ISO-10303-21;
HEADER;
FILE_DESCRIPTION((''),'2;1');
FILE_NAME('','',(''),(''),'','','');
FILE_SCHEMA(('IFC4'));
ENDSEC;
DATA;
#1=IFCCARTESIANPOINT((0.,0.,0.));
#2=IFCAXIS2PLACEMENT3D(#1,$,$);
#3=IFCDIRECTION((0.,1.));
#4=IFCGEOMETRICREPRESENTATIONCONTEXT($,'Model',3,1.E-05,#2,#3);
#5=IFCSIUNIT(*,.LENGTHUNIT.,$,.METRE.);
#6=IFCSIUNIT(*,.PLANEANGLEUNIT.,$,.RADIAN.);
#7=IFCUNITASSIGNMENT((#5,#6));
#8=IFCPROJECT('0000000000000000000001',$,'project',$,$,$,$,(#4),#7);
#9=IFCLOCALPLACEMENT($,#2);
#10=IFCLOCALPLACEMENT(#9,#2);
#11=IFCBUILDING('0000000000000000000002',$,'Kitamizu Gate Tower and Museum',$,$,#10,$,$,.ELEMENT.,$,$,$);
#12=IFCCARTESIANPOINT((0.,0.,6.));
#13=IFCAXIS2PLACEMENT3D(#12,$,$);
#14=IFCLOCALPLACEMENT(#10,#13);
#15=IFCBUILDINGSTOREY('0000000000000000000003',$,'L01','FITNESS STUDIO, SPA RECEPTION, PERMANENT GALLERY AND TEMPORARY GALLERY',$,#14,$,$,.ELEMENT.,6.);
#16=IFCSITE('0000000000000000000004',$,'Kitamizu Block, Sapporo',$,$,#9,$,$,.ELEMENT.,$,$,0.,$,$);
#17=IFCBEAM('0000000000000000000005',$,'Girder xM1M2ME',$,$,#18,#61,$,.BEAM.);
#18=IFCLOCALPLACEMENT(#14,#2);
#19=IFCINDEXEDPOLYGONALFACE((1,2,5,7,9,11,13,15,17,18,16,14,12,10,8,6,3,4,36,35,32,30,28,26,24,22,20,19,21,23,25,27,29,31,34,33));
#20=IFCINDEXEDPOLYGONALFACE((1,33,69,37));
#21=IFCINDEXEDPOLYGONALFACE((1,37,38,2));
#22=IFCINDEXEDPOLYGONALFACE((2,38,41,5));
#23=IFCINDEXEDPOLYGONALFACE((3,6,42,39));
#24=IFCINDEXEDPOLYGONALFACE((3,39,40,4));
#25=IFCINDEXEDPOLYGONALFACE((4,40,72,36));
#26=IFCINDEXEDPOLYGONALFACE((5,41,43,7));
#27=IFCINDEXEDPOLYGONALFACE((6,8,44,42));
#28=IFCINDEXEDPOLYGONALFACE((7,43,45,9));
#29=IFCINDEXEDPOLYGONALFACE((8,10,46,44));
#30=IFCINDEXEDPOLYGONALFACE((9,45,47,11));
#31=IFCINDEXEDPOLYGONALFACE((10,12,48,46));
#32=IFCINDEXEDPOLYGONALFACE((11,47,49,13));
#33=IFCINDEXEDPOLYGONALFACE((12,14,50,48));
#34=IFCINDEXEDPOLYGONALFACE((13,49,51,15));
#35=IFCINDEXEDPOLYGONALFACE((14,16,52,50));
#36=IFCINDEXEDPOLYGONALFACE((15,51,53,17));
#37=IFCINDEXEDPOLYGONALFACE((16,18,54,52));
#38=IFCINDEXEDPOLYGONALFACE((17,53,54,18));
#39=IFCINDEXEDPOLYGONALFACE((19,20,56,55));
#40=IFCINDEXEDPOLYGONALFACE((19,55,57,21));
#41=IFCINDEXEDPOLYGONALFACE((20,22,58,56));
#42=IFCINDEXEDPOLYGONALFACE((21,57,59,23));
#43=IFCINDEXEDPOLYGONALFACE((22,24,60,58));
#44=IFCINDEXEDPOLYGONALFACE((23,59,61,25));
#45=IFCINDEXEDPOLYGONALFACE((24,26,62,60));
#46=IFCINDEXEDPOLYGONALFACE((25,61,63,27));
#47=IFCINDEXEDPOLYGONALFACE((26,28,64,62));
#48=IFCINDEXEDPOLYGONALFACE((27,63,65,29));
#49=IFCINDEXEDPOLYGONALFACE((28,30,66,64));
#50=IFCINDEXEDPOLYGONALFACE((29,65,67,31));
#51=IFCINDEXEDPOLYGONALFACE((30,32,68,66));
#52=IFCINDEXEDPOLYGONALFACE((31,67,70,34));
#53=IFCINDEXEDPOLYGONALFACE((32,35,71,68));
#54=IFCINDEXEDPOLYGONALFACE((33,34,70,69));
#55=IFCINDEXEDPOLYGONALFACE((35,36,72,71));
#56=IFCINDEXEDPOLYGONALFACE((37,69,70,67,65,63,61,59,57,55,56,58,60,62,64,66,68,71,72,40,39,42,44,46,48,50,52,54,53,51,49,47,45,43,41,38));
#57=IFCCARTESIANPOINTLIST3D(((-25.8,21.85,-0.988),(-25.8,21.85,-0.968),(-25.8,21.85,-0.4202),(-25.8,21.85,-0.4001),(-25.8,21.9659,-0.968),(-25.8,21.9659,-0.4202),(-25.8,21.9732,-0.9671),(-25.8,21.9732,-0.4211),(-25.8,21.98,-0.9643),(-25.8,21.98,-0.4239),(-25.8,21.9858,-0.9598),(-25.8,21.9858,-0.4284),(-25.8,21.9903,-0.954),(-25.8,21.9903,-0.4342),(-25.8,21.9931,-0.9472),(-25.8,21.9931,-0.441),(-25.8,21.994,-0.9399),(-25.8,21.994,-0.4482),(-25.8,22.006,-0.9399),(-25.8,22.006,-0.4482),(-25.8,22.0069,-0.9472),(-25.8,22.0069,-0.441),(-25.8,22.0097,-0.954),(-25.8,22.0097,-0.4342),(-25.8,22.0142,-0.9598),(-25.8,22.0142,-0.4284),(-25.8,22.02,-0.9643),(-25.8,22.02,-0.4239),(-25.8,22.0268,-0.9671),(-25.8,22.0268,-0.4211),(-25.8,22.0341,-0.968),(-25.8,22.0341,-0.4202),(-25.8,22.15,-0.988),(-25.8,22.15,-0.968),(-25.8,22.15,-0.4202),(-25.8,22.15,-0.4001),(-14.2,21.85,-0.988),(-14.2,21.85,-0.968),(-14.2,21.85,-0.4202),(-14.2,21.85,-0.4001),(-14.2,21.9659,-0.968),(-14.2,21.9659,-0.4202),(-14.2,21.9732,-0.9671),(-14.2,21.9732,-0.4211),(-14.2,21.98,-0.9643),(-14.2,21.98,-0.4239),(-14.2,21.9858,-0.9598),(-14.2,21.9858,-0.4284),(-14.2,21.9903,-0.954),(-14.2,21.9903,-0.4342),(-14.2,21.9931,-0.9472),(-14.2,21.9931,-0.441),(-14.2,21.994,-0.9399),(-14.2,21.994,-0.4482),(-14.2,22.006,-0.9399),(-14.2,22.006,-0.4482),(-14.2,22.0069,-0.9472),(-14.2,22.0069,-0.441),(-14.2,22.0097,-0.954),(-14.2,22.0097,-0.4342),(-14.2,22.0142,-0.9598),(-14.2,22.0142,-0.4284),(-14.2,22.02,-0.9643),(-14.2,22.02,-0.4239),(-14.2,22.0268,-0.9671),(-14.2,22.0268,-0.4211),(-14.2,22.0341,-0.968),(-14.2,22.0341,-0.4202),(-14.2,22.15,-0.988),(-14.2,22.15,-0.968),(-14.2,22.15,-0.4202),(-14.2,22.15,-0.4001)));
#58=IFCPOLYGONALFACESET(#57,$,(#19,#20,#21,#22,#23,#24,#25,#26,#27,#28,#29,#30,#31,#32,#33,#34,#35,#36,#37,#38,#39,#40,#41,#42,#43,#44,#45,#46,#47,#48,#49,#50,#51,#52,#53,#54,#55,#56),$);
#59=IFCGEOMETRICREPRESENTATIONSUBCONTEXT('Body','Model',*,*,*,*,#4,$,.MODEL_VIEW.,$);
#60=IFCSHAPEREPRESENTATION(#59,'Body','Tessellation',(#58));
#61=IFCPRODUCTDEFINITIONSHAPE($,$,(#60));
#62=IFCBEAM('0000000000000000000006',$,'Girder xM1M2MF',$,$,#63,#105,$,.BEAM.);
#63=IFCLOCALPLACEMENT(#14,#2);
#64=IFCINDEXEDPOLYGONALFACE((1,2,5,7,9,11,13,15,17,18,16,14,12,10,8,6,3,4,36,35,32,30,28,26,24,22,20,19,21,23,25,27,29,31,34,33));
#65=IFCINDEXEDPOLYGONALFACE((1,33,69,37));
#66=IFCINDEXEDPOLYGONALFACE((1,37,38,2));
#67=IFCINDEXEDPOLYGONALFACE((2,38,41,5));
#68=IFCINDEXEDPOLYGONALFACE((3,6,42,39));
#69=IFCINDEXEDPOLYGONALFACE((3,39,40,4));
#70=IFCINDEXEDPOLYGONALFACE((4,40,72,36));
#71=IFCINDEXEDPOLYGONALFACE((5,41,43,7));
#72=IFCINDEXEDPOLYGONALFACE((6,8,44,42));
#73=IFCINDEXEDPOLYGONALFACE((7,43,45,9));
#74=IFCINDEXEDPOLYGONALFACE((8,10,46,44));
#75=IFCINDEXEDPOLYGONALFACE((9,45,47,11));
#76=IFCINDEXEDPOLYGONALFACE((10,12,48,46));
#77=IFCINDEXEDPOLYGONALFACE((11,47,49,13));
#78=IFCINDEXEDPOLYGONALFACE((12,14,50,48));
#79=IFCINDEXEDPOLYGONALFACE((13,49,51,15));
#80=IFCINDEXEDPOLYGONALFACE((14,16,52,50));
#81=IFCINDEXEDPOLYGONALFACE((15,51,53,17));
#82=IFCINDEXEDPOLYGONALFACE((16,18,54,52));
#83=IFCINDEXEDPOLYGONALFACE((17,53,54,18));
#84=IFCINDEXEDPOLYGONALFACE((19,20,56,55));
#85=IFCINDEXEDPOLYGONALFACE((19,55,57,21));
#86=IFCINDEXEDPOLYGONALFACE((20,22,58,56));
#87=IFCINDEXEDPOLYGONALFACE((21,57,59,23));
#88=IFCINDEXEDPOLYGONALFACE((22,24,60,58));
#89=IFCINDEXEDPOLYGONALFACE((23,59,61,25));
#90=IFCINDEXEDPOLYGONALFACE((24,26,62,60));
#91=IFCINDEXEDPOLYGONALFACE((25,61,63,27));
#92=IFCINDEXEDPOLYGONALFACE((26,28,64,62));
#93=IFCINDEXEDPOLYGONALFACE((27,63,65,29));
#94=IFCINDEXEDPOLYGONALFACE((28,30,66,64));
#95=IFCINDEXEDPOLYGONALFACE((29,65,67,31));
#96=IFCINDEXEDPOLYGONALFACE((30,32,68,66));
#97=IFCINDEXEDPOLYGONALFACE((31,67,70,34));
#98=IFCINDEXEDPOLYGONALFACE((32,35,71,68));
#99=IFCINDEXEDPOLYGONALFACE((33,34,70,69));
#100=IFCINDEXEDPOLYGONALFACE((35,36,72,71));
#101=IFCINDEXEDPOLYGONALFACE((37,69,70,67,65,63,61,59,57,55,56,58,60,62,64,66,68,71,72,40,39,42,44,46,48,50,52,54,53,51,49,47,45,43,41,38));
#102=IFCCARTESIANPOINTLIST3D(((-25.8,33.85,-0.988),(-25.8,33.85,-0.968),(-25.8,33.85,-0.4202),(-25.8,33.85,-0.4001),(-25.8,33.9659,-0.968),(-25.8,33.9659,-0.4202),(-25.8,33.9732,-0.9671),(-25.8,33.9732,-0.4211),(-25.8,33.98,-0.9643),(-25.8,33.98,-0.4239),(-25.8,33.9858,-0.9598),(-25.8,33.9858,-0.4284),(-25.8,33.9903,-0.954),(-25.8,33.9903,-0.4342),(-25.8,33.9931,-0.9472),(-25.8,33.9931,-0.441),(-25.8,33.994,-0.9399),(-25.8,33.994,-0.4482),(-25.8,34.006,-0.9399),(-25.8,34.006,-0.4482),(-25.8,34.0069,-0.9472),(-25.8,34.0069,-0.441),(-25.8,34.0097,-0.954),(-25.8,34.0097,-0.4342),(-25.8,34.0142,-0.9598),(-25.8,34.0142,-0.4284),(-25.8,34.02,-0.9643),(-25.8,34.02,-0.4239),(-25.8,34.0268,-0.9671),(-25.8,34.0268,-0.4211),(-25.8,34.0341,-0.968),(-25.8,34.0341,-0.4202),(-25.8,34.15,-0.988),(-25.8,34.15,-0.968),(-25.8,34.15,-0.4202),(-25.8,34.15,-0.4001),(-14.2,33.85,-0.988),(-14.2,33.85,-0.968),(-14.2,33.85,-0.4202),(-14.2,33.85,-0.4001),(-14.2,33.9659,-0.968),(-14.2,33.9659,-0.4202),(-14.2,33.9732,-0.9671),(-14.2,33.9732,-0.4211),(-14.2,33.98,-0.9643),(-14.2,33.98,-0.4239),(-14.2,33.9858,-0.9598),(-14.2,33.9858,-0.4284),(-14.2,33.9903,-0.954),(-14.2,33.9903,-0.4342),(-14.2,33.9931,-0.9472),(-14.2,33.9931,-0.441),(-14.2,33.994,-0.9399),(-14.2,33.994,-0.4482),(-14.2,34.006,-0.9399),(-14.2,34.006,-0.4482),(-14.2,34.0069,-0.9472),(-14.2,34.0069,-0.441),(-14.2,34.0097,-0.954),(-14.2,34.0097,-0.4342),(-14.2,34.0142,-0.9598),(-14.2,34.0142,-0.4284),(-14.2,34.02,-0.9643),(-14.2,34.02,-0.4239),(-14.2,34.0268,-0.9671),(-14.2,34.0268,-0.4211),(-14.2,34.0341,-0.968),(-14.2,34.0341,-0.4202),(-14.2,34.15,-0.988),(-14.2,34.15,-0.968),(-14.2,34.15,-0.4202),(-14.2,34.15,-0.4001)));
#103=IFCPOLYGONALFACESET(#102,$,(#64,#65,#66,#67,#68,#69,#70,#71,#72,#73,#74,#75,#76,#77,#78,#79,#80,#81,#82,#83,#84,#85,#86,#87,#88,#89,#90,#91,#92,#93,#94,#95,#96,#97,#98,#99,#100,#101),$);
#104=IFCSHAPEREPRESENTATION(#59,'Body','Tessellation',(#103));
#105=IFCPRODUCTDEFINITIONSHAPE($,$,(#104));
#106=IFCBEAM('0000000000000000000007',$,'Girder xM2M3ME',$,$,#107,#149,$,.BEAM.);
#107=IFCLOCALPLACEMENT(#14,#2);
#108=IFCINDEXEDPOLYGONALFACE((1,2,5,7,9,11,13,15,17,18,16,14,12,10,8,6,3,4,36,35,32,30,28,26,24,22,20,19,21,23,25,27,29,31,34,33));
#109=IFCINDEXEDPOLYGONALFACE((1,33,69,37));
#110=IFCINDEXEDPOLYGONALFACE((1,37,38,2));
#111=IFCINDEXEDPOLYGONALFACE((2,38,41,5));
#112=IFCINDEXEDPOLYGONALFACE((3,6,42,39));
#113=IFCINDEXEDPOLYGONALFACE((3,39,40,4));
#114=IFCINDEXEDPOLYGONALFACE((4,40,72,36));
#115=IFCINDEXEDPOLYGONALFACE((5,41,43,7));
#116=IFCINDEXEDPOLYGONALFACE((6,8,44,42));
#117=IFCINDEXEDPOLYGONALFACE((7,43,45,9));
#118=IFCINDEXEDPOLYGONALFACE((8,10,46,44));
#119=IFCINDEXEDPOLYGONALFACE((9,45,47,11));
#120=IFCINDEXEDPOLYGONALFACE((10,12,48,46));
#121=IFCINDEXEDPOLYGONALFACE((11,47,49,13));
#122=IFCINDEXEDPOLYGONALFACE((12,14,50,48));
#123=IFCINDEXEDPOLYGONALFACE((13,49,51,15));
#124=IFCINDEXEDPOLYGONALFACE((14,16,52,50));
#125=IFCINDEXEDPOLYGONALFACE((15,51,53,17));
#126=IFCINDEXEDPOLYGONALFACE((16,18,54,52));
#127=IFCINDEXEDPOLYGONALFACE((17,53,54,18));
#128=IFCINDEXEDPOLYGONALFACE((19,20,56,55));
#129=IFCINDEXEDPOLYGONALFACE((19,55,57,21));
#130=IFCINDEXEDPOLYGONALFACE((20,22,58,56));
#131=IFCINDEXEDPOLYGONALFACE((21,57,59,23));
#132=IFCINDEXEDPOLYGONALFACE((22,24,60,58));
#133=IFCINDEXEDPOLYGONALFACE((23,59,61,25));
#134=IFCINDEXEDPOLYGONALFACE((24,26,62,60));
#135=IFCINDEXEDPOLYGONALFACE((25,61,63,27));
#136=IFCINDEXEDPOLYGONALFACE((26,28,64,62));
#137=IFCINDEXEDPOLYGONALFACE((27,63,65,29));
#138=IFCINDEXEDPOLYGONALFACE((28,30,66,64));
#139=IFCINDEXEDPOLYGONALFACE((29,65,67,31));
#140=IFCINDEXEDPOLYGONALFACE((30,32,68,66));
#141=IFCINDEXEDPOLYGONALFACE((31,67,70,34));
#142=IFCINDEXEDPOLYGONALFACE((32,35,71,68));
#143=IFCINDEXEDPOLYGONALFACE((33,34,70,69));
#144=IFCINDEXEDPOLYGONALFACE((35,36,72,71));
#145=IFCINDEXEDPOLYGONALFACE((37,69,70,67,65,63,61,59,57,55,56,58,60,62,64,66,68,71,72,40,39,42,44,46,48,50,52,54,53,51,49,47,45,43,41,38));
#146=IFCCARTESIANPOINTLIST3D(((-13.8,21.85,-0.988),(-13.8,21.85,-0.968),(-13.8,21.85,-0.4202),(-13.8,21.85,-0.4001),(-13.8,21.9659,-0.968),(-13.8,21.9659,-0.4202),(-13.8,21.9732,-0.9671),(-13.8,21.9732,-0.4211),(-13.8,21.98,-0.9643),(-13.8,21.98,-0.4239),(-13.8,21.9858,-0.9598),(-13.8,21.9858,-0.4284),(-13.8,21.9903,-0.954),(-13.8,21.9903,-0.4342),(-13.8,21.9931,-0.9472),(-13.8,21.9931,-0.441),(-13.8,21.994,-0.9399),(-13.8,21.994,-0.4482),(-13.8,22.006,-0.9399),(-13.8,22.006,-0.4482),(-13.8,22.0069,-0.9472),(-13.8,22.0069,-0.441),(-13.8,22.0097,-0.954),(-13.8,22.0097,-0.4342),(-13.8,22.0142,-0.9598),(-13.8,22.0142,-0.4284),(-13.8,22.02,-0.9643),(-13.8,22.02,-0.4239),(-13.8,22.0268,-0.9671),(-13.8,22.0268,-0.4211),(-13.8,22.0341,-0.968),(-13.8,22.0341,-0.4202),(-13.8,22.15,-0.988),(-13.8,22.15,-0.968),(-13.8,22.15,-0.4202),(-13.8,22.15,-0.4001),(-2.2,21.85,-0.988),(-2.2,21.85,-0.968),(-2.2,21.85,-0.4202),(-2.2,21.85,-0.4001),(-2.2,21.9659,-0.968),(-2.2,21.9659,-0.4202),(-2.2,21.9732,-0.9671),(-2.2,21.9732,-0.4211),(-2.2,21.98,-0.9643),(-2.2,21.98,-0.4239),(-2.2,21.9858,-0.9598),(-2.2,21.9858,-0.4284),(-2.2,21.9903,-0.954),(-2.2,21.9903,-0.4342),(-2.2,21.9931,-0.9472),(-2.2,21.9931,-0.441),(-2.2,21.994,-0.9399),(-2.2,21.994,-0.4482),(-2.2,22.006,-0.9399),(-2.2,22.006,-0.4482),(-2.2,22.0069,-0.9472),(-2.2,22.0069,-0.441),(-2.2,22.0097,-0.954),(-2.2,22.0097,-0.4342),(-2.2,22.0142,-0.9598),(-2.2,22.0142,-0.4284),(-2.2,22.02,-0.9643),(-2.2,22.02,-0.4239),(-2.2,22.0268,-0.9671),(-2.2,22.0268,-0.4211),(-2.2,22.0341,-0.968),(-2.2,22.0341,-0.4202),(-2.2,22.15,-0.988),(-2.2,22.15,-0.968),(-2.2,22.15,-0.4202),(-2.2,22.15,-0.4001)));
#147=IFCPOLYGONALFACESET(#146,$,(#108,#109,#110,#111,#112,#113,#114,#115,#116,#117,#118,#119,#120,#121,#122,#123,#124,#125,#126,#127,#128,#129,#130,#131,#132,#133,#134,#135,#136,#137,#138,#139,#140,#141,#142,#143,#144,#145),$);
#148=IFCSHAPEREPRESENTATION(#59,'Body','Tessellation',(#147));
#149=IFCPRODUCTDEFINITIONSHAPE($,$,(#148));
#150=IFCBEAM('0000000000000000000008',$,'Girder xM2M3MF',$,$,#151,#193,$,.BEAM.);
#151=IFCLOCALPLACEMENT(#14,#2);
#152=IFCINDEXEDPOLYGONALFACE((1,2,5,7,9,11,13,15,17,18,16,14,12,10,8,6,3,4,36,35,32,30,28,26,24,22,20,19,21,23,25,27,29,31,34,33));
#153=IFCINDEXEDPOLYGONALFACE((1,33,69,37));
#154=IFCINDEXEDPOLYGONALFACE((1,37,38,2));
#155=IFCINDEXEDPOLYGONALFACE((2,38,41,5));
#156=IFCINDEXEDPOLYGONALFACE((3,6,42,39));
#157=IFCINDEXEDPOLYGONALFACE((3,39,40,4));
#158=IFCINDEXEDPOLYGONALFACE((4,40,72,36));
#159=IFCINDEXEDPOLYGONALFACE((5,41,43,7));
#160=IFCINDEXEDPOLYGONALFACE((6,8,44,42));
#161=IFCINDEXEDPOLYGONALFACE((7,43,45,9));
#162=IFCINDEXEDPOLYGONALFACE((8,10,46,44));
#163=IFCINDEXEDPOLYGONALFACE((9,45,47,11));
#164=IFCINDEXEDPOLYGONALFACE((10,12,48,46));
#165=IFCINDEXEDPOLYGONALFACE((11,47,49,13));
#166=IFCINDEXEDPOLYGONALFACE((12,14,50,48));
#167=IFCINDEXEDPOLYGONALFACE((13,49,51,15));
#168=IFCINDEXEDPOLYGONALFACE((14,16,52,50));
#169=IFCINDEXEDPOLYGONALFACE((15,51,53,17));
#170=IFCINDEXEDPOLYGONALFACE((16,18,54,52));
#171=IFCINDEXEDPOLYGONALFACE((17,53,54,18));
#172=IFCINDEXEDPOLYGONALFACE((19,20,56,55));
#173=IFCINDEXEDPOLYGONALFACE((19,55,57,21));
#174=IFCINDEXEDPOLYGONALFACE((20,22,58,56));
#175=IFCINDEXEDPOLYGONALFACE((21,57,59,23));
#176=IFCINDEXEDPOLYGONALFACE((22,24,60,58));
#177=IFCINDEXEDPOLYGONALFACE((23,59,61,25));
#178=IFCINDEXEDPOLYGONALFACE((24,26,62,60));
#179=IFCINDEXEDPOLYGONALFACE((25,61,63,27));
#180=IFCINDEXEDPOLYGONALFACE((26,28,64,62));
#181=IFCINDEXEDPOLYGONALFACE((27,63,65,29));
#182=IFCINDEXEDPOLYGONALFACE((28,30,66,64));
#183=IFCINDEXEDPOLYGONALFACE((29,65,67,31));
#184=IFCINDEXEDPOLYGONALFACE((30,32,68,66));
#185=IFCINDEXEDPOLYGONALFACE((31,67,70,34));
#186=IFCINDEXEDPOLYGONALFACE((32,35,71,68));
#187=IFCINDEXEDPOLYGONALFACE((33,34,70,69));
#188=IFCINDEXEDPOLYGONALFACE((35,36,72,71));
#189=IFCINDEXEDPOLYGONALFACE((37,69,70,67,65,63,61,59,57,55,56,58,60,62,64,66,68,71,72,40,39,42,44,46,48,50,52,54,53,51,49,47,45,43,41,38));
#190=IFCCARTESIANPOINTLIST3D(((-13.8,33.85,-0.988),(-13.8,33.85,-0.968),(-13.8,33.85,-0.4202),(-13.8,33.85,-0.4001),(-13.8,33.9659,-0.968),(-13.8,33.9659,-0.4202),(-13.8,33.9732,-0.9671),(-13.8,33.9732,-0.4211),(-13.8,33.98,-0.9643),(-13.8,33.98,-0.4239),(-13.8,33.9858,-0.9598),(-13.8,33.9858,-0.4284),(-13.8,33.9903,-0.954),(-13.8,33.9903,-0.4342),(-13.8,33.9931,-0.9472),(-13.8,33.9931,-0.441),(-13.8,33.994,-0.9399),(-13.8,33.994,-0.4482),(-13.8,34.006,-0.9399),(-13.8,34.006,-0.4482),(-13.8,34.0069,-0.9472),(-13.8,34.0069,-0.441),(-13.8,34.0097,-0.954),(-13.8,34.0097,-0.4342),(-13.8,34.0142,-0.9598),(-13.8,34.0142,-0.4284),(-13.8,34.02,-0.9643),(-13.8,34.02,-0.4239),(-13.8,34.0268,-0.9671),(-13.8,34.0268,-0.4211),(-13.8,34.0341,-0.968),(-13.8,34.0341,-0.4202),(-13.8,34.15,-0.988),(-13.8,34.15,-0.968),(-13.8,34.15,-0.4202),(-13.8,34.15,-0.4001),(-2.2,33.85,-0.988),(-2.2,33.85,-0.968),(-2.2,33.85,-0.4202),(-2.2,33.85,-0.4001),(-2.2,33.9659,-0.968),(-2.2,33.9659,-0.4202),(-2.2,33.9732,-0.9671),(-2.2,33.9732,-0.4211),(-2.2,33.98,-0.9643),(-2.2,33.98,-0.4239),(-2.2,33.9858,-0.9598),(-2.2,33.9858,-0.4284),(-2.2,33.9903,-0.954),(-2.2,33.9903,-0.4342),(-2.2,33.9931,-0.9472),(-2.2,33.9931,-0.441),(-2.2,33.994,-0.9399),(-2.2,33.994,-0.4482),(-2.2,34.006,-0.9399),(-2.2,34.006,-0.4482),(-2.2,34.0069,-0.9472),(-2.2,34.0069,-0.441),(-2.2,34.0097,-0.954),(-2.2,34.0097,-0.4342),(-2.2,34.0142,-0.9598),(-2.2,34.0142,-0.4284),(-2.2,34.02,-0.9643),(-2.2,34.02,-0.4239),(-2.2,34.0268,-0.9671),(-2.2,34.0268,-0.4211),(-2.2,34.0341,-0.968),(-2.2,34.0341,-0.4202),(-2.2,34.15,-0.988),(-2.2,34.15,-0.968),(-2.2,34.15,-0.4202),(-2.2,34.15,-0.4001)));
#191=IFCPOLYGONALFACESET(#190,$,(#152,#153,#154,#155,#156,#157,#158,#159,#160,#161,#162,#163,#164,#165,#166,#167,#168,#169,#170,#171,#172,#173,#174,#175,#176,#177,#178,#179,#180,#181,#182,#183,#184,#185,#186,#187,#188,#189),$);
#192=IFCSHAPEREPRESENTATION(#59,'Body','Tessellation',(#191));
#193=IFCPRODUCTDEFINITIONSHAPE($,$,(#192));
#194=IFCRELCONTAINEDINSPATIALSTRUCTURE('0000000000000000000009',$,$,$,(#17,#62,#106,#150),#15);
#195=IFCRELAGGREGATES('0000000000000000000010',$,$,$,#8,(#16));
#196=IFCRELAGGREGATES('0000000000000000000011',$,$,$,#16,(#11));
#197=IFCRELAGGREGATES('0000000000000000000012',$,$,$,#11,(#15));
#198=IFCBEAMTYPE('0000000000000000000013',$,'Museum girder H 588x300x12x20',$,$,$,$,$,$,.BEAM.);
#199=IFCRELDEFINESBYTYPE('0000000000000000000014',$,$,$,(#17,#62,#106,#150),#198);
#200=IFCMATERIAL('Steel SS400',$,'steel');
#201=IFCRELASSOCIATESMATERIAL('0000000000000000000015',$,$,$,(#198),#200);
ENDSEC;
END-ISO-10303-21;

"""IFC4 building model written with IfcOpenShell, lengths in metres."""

from ifc_helpers import new_model, si_unit, direction, frame, origin, origin_2d, place, context, subcontext, project, spatial, i_section, extrude, material, material_profile, profile_set, type_object, element, save


model = new_model("IFC4")

# Units and contexts
model_context = context("Model", 3, precision=1e-05, world=origin(), true_north=direction((0.0, 1.0)))
body_context = subcontext(model_context, "Body", "Model", "MODEL_VIEW")
ifc_project = project(units=[si_unit("LENGTHUNIT", "METRE"), si_unit("PLANEANGLEUNIT", "RADIAN")], contexts=[model_context])

# Site, building, storey
site_placement = place(None, origin())
site = spatial("IfcSite", under=ifc_project, at=site_placement, Name="Kitamizu Block, Sapporo", CompositionType="ELEMENT", RefElevation=0.0)
building_placement = place(site_placement, origin())
building = spatial("IfcBuilding", under=site, at=building_placement, Name="Kitamizu Gate Tower and Museum", CompositionType="ELEMENT")
storey_placement = place(building_placement, frame((0.0, 0.0, 6.0)))
storey = spatial("IfcBuildingStorey", under=building, at=storey_placement, Name="L01", Description="FITNESS STUDIO, SPA RECEPTION, PERMANENT GALLERY AND TEMPORARY GALLERY", CompositionType="ELEMENT", Elevation=6.0)

# Beams
ifc_material_1 = material(Name="Steel SS400", Category="steel")
ifc_material_profile_1 = material_profile(ifc_material_1, i_section(OverallWidth=0.3, OverallDepth=0.5879, WebThickness=0.012, FlangeThickness=0.02, FilletRadius=0.0281, at=origin_2d()), Name="H-588x300x12x20")
ifc_profile_set_1 = profile_set([ifc_material_profile_1], Name="Steel SS400")
beam_type_1 = type_object("IfcBeamType", Name="Museum girder H 588x300x12x20", PredefinedType="BEAM", material=ifc_profile_set_1)
for number, where, z_axis, x_axis, name in (
    (1, (-25.8, 22.0, -0.6941), (1.0, 0.0, 0.0), (0.0, 1.0, 0.0), "Girder xM1M2ME"),
    (2, (-25.8, 34.0, -0.6941), (1.0, 0.0, 0.0), (0.0, 1.0, 0.0), "Girder xM1M2MF"),
    (3, (-13.8, 22.0, -0.6941), (1.0, 0.0, 0.0), (0.0, 1.0, 0.0), "Girder xM2M3ME"),
    (4, (-13.8, 34.0, -0.6941), (1.0, 0.0, 0.0), (0.0, 1.0, 0.0), "Girder xM2M3MF"),
):
    element("IfcBeam", number, at=place(storey_placement, frame(where, z_axis=z_axis, x_axis=x_axis)), inside=storey, type_object=beam_type_1, Name=name, PredefinedType="BEAM", context=body_context, shape_type="SweptSolid", body=[
        extrude(i_section(OverallWidth=0.3, OverallDepth=0.5879, WebThickness=0.012, FlangeThickness=0.02, FilletRadius=0.0281, at=origin_2d()), origin(), (0.0, 0.0, 1.0), 11.6001),
    ])

save(model, "model.ifc")
